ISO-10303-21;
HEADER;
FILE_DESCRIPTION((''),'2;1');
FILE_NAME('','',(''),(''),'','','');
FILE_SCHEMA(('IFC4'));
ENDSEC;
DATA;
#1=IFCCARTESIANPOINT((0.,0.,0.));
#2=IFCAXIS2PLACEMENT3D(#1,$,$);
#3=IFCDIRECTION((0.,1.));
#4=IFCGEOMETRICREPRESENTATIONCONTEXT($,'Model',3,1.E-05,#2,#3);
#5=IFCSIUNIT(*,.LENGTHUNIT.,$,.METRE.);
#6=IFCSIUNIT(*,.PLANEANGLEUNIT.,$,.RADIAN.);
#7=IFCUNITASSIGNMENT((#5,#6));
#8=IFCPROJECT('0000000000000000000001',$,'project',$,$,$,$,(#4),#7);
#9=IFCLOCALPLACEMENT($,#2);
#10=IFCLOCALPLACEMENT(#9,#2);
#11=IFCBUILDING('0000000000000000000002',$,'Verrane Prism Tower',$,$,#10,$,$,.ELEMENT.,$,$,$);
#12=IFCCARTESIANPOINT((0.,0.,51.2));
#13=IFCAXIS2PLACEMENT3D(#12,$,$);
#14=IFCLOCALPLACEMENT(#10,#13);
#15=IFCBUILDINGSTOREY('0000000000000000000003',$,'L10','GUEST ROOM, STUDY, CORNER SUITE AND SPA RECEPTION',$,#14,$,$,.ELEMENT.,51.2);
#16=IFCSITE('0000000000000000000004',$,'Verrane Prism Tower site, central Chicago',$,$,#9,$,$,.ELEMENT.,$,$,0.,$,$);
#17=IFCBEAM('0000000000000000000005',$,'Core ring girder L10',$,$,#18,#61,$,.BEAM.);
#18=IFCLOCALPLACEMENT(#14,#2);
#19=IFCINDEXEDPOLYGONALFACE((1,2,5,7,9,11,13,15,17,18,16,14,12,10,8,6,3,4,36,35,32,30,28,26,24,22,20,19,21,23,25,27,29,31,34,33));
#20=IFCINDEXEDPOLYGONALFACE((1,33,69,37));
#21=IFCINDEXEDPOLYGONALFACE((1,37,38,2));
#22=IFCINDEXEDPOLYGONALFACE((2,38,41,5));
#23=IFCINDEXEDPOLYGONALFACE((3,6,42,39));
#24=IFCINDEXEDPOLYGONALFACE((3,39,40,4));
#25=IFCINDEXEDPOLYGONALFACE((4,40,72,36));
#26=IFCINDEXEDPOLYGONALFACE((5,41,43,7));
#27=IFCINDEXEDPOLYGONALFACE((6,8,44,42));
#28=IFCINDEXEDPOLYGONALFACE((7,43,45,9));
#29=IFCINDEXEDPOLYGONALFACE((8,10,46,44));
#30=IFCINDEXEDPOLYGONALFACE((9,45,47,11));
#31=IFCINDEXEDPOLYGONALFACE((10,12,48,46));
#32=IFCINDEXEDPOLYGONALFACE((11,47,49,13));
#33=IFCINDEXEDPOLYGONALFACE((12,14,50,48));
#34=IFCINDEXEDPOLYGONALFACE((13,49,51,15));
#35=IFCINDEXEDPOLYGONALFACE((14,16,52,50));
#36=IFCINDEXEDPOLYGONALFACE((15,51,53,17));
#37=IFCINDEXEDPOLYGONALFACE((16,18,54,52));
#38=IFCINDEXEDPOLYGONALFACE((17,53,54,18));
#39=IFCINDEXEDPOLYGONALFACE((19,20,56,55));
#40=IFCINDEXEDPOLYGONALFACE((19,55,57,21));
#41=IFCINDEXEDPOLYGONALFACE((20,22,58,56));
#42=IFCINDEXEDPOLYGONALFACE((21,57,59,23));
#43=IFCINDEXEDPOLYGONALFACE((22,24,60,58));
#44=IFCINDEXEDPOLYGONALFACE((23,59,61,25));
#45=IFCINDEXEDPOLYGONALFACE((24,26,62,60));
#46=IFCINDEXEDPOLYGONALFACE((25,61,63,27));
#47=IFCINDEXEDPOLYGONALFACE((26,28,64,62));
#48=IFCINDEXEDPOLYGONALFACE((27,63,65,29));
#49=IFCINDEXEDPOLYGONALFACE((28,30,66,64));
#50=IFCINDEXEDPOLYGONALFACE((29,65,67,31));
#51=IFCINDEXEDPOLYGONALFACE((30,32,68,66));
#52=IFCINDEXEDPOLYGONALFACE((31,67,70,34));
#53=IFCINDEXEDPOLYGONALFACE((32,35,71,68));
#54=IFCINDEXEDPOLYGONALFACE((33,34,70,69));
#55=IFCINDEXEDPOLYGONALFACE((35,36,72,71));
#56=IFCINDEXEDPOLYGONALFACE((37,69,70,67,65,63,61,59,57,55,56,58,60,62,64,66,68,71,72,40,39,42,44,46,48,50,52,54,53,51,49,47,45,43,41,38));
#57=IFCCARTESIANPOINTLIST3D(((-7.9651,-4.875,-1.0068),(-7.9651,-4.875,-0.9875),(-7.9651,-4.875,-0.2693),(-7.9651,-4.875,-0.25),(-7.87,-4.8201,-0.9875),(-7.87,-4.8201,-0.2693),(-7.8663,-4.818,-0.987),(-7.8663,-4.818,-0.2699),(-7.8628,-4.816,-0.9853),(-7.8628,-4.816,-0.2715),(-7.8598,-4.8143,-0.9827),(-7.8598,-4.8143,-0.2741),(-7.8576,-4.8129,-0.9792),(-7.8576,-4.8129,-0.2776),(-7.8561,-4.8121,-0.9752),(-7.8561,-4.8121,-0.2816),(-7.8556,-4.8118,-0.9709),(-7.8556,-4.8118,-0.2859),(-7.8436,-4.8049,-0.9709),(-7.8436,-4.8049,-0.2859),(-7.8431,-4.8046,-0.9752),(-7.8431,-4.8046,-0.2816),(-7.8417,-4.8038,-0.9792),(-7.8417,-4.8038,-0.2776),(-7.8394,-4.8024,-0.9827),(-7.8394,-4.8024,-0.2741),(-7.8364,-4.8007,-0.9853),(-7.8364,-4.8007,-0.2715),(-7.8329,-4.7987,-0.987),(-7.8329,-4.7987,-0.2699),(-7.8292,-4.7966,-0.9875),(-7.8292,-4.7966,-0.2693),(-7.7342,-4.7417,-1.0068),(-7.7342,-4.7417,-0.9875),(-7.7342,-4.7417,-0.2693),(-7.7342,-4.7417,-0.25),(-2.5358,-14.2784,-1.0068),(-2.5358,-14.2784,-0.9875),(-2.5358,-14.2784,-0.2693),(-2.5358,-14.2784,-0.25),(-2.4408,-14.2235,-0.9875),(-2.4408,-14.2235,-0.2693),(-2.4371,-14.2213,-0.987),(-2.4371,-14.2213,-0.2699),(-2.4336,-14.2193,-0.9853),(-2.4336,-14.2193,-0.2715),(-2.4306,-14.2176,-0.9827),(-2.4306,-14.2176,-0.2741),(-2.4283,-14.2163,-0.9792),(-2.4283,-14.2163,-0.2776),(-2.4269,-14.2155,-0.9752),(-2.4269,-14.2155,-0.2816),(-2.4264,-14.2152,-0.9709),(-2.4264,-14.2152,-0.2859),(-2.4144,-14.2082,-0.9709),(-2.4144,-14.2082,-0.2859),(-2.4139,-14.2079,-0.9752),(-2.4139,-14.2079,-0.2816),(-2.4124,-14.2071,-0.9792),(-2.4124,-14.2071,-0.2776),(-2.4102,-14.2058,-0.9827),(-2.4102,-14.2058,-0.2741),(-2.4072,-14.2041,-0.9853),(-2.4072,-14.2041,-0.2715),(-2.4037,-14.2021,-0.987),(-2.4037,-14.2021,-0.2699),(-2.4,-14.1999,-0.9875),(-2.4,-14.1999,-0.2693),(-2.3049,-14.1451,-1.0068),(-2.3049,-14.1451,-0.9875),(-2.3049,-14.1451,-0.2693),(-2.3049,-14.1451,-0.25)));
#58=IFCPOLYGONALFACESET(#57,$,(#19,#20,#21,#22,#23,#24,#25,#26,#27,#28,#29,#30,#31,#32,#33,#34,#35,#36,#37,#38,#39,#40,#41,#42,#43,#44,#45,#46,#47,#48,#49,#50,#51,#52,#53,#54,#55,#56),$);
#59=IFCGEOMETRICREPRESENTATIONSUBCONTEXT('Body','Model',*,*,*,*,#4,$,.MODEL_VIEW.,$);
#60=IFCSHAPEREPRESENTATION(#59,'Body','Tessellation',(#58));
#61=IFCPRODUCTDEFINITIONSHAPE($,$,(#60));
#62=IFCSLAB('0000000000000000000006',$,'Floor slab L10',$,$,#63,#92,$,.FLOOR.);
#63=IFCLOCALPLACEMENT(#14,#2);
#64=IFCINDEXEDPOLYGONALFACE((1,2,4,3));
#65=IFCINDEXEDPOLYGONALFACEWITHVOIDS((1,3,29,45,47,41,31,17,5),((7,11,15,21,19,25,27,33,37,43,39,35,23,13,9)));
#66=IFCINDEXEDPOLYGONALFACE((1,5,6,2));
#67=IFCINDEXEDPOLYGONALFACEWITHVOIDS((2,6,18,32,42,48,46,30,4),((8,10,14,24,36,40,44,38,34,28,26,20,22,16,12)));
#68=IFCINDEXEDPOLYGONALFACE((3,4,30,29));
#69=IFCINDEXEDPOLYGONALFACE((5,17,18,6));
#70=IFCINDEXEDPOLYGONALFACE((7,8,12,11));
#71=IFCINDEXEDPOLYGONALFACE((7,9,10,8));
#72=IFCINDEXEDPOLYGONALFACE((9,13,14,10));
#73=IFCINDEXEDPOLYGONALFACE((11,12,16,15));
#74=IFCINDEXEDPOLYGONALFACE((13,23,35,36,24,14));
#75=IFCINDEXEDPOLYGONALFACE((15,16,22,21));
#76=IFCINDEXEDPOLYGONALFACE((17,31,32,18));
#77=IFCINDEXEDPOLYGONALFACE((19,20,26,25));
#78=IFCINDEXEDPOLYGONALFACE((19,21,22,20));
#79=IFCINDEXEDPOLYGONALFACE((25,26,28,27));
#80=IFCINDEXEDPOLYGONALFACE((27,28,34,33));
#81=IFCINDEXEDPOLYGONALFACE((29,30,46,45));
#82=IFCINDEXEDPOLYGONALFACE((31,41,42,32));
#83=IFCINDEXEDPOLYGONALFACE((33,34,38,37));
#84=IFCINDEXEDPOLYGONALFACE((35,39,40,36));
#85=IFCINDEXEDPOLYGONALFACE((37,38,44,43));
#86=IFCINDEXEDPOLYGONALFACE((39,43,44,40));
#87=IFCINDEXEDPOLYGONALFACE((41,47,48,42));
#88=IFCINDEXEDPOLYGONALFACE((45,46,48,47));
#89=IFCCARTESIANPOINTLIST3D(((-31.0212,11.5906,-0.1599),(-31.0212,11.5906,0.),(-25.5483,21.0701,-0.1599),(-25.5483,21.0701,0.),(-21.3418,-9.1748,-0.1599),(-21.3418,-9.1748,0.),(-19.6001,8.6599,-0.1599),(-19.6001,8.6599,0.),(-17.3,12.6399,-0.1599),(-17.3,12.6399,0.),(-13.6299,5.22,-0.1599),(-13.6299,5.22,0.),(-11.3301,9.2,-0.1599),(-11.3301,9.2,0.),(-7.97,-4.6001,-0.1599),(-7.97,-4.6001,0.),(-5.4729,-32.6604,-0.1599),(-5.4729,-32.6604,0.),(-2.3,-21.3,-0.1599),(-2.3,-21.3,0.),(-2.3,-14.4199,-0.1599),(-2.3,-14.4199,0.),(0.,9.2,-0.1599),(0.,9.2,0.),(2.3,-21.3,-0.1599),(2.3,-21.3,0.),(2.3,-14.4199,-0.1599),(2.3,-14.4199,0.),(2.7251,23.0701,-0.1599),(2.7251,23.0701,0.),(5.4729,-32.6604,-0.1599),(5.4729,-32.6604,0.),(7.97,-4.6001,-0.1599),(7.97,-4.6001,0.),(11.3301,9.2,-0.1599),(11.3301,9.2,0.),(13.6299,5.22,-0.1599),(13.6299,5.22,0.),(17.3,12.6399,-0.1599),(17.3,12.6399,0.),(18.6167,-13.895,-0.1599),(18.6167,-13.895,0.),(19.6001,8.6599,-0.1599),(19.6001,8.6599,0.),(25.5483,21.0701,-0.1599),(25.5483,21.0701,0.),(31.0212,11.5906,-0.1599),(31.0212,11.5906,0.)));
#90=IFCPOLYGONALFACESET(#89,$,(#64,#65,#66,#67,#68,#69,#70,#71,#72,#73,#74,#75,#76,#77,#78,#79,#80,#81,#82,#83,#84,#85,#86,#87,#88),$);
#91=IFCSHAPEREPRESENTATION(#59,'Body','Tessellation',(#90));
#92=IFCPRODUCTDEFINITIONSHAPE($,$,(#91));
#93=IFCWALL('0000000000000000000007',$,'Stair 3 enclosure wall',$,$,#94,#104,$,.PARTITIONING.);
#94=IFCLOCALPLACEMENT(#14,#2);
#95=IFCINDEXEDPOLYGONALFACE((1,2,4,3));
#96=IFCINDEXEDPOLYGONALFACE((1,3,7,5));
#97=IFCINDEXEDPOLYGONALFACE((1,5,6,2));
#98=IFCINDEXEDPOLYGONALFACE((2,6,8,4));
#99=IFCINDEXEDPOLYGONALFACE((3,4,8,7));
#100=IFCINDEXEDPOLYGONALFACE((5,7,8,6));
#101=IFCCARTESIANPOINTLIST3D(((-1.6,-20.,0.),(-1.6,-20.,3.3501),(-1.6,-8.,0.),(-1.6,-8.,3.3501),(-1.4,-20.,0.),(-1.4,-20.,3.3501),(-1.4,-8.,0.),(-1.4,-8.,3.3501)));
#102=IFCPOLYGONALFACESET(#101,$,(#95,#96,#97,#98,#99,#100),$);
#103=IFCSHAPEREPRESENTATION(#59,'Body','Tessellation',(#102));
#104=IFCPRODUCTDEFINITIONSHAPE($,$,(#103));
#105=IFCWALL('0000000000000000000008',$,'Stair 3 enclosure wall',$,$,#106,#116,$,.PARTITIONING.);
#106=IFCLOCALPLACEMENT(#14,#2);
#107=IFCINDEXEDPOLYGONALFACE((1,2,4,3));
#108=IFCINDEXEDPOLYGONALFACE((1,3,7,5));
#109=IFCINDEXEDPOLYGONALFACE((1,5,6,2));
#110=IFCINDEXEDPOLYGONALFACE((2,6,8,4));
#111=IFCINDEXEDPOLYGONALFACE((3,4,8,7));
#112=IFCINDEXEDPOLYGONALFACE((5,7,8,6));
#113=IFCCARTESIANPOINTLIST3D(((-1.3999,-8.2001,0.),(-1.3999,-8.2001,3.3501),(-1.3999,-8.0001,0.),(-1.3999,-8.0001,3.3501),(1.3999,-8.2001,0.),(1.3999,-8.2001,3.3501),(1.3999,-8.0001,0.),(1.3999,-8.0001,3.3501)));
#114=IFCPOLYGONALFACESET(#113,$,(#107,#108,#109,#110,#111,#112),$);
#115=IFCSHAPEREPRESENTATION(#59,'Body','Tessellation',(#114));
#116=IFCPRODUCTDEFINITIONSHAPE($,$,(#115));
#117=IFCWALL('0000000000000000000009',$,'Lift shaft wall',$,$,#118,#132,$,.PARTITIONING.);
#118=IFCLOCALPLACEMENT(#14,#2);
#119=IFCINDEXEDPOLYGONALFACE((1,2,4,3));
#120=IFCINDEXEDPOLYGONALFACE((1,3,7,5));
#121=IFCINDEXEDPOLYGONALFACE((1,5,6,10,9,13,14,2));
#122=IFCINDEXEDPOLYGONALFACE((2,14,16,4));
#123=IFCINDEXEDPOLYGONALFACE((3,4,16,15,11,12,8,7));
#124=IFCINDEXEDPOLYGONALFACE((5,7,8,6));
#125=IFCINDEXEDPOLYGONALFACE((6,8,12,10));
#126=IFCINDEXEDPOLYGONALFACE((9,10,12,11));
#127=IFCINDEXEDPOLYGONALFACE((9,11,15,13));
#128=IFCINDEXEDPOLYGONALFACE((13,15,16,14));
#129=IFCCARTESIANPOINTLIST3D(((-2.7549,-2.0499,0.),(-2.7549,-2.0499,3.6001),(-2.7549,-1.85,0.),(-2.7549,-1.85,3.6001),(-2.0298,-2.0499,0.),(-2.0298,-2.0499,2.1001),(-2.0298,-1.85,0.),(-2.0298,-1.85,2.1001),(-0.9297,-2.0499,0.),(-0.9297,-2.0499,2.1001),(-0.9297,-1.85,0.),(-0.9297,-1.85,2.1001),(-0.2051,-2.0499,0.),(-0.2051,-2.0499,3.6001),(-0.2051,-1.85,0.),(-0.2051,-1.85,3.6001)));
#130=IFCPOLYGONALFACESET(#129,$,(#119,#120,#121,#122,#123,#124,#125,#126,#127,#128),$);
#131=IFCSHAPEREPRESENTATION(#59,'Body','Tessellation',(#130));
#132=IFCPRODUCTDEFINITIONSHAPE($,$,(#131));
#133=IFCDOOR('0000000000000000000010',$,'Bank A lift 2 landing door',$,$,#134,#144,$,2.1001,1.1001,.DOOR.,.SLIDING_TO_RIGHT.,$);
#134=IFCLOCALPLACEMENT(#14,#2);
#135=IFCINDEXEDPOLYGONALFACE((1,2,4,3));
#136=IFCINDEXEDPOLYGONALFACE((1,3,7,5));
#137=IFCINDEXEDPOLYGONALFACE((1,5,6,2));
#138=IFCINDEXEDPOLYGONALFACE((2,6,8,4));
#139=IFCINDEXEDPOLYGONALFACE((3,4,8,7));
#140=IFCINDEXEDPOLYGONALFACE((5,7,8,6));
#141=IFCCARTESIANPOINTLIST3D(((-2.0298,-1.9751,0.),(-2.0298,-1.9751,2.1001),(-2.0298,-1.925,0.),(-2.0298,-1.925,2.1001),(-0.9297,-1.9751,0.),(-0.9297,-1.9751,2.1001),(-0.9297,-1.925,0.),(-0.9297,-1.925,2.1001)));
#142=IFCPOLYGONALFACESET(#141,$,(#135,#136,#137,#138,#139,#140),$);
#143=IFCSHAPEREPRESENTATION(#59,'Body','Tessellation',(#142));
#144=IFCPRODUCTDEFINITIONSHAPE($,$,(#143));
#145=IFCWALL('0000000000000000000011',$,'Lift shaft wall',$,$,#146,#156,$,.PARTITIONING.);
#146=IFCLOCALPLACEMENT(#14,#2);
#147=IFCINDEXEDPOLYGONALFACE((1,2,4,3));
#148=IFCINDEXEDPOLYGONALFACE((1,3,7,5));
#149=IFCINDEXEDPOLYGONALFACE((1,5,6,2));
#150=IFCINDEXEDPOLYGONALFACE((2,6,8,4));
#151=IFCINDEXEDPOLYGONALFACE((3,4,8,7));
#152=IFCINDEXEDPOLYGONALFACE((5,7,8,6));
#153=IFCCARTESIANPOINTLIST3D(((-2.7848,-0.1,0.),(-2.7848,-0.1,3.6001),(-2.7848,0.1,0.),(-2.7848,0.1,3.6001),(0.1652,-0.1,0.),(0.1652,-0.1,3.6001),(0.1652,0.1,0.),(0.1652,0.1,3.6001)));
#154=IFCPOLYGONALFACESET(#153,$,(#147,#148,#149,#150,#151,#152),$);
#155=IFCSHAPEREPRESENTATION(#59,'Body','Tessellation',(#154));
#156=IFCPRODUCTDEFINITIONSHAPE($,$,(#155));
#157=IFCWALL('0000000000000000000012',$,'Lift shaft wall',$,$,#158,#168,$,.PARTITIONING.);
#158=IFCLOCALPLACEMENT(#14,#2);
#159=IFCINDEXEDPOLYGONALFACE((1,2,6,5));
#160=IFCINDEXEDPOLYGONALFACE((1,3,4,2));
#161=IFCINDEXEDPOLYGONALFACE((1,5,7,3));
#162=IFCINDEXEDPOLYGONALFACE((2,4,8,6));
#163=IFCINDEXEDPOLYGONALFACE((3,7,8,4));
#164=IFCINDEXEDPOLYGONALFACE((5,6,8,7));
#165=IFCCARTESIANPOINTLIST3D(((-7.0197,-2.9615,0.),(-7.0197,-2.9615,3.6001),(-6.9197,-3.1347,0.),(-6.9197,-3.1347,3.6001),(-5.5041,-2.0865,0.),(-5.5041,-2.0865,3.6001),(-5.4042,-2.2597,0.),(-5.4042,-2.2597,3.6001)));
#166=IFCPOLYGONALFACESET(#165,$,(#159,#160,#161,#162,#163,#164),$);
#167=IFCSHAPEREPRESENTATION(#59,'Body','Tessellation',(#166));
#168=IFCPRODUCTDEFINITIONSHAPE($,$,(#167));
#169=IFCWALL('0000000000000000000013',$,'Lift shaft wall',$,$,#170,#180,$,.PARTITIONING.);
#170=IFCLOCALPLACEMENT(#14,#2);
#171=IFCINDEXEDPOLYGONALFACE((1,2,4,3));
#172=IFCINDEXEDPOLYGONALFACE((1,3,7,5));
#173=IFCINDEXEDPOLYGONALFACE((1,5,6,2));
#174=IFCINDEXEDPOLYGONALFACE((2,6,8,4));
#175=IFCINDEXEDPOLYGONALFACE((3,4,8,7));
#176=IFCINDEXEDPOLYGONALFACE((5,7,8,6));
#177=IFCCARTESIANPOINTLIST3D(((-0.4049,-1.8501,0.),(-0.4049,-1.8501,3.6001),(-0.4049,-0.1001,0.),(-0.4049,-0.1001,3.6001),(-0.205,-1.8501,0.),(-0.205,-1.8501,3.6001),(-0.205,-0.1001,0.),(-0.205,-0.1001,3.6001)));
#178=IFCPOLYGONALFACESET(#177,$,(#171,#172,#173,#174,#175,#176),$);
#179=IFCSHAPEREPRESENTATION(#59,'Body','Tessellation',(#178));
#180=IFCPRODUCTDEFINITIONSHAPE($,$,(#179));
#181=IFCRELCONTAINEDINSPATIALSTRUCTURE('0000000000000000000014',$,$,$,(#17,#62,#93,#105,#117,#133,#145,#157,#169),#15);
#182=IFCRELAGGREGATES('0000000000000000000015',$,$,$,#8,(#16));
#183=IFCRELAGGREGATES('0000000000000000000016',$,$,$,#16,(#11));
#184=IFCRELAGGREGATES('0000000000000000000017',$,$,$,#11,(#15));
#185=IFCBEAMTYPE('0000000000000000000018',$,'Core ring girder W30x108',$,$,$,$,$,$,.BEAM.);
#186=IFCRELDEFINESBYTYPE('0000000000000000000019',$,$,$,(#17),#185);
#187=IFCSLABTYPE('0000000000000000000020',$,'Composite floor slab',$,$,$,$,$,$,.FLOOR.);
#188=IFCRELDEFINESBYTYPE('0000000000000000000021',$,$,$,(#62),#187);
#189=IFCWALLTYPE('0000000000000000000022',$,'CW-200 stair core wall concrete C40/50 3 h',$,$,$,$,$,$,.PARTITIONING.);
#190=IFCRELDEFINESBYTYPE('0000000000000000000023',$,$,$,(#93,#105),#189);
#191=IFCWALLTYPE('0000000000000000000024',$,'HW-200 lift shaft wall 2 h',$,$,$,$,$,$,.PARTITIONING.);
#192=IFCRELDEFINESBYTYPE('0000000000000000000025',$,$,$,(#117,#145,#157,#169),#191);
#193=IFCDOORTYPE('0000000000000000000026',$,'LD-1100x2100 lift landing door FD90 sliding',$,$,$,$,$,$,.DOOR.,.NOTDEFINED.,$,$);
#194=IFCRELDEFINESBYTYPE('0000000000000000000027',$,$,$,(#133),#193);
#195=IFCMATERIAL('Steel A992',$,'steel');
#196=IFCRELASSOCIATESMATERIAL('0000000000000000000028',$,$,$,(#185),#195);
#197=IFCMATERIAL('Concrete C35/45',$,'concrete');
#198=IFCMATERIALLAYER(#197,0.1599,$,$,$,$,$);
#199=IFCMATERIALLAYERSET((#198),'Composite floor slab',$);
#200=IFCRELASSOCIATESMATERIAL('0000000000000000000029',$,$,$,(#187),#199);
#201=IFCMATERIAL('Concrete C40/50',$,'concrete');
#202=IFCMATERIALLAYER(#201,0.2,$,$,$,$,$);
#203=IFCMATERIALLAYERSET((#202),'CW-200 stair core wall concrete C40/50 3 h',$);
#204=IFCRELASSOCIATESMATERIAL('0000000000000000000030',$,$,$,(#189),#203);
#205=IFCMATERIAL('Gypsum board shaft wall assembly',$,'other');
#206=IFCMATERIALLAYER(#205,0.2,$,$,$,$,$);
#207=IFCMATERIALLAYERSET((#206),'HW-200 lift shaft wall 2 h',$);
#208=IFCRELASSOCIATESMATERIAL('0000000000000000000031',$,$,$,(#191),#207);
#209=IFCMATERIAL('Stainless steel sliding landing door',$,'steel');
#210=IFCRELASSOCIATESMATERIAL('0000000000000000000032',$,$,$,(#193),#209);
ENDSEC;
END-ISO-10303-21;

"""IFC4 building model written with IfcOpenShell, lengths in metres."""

from ifc_helpers import new_model, si_unit, direction, frame, frame_2d, origin, origin_2d, place, context, subcontext, project, spatial, polyline, rectangle, i_section, outline, extrude, material, layer, layer_set, material_profile, profile_set, type_object, element, fill, save


model = new_model("IFC4")

# Units and contexts
model_context = context("Model", 3, precision=1e-05, world=origin(), true_north=direction((0.0, 1.0)))
body_context = subcontext(model_context, "Body", "Model", "MODEL_VIEW")
ifc_project = project(units=[si_unit("LENGTHUNIT", "METRE"), si_unit("PLANEANGLEUNIT", "RADIAN")], contexts=[model_context])

# Site, building, storey
site_placement = place(None, origin())
site = spatial("IfcSite", under=ifc_project, at=site_placement, Name="Verrane Prism Tower site, central Chicago", CompositionType="ELEMENT", RefElevation=0.0)
building_placement = place(site_placement, origin())
building = spatial("IfcBuilding", under=site, at=building_placement, Name="Verrane Prism Tower", CompositionType="ELEMENT")
storey_placement = place(building_placement, frame((0.0, 0.0, 51.2)))
storey = spatial("IfcBuildingStorey", under=building, at=storey_placement, Name="L10", Description="GUEST ROOM, STUDY, CORNER SUITE AND SPA RECEPTION", CompositionType="ELEMENT", Elevation=51.2)

# Beam
ifc_material_1 = material(Name="Steel A992", Category="steel")
ifc_material_profile = material_profile(ifc_material_1, i_section(OverallWidth=0.2666, OverallDepth=0.7568, WebThickness=0.0139, FlangeThickness=0.0193, FilletRadius=0.0166, at=origin_2d()), Name="W30x108")
ifc_profile_set = profile_set([ifc_material_profile], Name="Steel A992")
beam_type = type_object("IfcBeamType", Name="Core ring girder W30x108", PredefinedType="BEAM", material=ifc_profile_set)
beam_placement = place(storey_placement, frame((-7.8496, -4.8083, -0.6284), z_axis=(0.500013, -0.866018, 0.0), x_axis=(0.866018, 0.500013, 0.0)))
element("IfcBeam", 1, at=beam_placement, inside=storey, type_object=beam_type, Name="Core ring girder L10", PredefinedType="BEAM", context=body_context, shape_type="SweptSolid", body=[
    extrude(i_section(OverallWidth=0.2666, OverallDepth=0.7568, WebThickness=0.0139, FlangeThickness=0.0193, FilletRadius=0.0166, at=origin_2d()), origin(), (0.0, 0.0, 1.0), 10.8582),
])

# Slab
ifc_material_2 = material(Name="Concrete C35/45", Category="concrete")
ifc_layer_1 = layer(ifc_material_2, 0.1599)
ifc_layer_set_1 = layer_set([ifc_layer_1], Name="Composite floor slab")
slab_type = type_object("IfcSlabType", Name="Composite floor slab", PredefinedType="FLOOR", material=ifc_layer_set_1)
slab_placement = place(storey_placement, frame((0.0, 0.0, -0.1599)))
element("IfcSlab", 2, at=slab_placement, inside=storey, type_object=slab_type, Name="Floor slab L10", PredefinedType="FLOOR", context=body_context, shape_type="SweptSolid", body=[
    extrude(outline(polyline([(18.6167, -13.895), (5.4729, -32.6604), (-5.4729, -32.6604), (-21.3418, -9.1748), (-31.0212, 11.5906), (-25.5483, 21.0701), (2.7251, 23.0701), (25.5483, 21.0701), (31.0212, 11.5906), (18.6167, -13.895)]), holes=[polyline([(19.6001, 8.6599), (17.3, 12.6399), (11.3301, 9.2), (0.0, 9.2), (-11.3301, 9.2), (-17.3, 12.6399), (-19.6001, 8.6599), (-13.6299, 5.22), (-7.97, -4.6001), (-2.3, -14.4199), (-2.3, -21.3), (2.3, -21.3), (2.3, -14.4199), (7.97, -4.6001), (13.6299, 5.22), (19.6001, 8.6599)])]), origin(), (0.0, 0.0, 1.0), 0.1599),
])

# Walls
ifc_material_3 = material(Name="Concrete C40/50", Category="concrete")
ifc_layer_2 = layer(ifc_material_3, 0.2)
ifc_layer_set_2 = layer_set([ifc_layer_2], Name="CW-200 stair core wall concrete C40/50 3 h")
wall_type_1 = type_object("IfcWallType", Name="CW-200 stair core wall concrete C40/50 3 h", PredefinedType="PARTITIONING", material=ifc_layer_set_2)
wall_1_placement = place(storey_placement, frame((-1.5, -8.0, 0.0), z_axis=(0.0, 0.0, 1.0), x_axis=(0.0, -1.0, 0.0)))
element("IfcWall", 3, at=wall_1_placement, inside=storey, type_object=wall_type_1, Name="Stair 3 enclosure wall", PredefinedType="PARTITIONING", context=body_context, shape_type="SweptSolid", body=[
    extrude(rectangle(XDim=12.0, YDim=0.2, at=frame_2d((6.0, 0.0))), origin(), (0.0, 0.0, 1.0), 3.3501),
])
wall_2_placement = place(storey_placement, frame((-1.3999, -8.1001, 0.0), z_axis=(0.0, 0.0, 1.0), x_axis=(1.0, 0.0, 0.0)))
element("IfcWall", 4, at=wall_2_placement, inside=storey, type_object=wall_type_1, Name="Stair 3 enclosure wall", PredefinedType="PARTITIONING", context=body_context, shape_type="SweptSolid", body=[
    extrude(rectangle(XDim=2.7998, YDim=0.2, at=frame_2d((1.3999, 0.0))), origin(), (0.0, 0.0, 1.0), 3.3501),
])

# Wall, opening, door
ifc_material_4 = material(Name="Gypsum board shaft wall assembly", Category="other")
ifc_layer_3 = layer(ifc_material_4, 0.2)
ifc_layer_set_3 = layer_set([ifc_layer_3], Name="HW-200 lift shaft wall 2 h")
wall_type_2 = type_object("IfcWallType", Name="HW-200 lift shaft wall 2 h", PredefinedType="PARTITIONING", material=ifc_layer_set_3)
wall_3_placement = place(storey_placement, frame((-2.7549, -1.95, 0.0), z_axis=(0.0, 0.0, 1.0), x_axis=(1.0, 0.0, 0.0)))
wall_3 = element("IfcWall", 5, at=wall_3_placement, inside=storey, type_object=wall_type_2, Name="Lift shaft wall", PredefinedType="PARTITIONING", context=body_context, shape_type="SweptSolid", body=[
    extrude(rectangle(XDim=2.5498, YDim=0.2, at=frame_2d((1.2749, 0.0))), origin(), (0.0, 0.0, 1.0), 3.6001),
])
opening_1_placement = place(wall_3_placement, frame((0.7251, 0.0, 0.0)))
opening_1 = element("IfcOpeningElement", 6, at=opening_1_placement, cuts=wall_3, PredefinedType="OPENING", context=body_context, shape_type="SweptSolid", body=[
    extrude(rectangle(XDim=1.1001, YDim=2.1001, at=frame_2d((0.55, 1.05))), frame((0.0, 0.1099, 0.0), z_axis=(0.0, -1.0, 0.0), x_axis=(1.0, 0.0, 0.0)), (0.0, 0.0, 1.0), 0.22),
])
ifc_material_5 = material(Name="Stainless steel sliding landing door", Category="steel")
door_type_1 = type_object("IfcDoorType", Name="LD-1100x2100 lift landing door FD90 sliding", OperationType="NOTDEFINED", PredefinedType="DOOR", material=ifc_material_5)
door_1_placement = place(opening_1_placement, origin())
door_1 = element("IfcDoor", 7, at=door_1_placement, inside=storey, type_object=door_type_1, Name="Bank A lift 2 landing door", OperationType="SLIDING_TO_RIGHT", OverallHeight=2.1001, OverallWidth=1.1001, PredefinedType="DOOR", context=body_context, shape_type="SweptSolid", body=[
    extrude(rectangle(XDim=1.1001, YDim=2.1001, at=frame_2d((0.55, 1.05))), frame((0.0, 0.0249, 0.0), z_axis=(0.0, -1.0, 0.0), x_axis=(1.0, 0.0, 0.0)), (0.0, 0.0, 1.0), 0.05),
])
fill(opening_1, door_1)

# Walls
wall_4_placement = place(storey_placement, frame((-2.7849, 0.0, 0.0), z_axis=(0.0, 0.0, 1.0), x_axis=(1.0, 0.0, 0.0)))
element("IfcWall", 8, at=wall_4_placement, inside=storey, type_object=wall_type_2, Name="Lift shaft wall", PredefinedType="PARTITIONING", context=body_context, shape_type="SweptSolid", body=[
    extrude(rectangle(XDim=2.95, YDim=0.2, at=frame_2d((1.4751, 0.0))), origin(), (0.0, 0.0, 1.0), 3.6001),
])
for number, where, z_axis, x_axis, name in (
    (9, (-6.9697, -3.0481, 0.0), (0.0, 0.0, 1.0), (0.866037, 0.49998, 0.0), "Lift shaft wall"),
    (10, (-0.3049, -1.8501, 0.0), (0.0, 0.0, 1.0), (0.0, 1.0, 0.0), "Lift shaft wall"),
):
    element("IfcWall", number, at=place(storey_placement, frame(where, z_axis=z_axis, x_axis=x_axis)), inside=storey, type_object=wall_type_2, Name=name, PredefinedType="PARTITIONING", context=body_context, shape_type="SweptSolid", body=[
        extrude(rectangle(XDim=1.75, YDim=0.2, at=frame_2d((0.875, 0.0))), origin(), (0.0, 0.0, 1.0), 3.6001),
    ])

save(model, "model.ifc")
